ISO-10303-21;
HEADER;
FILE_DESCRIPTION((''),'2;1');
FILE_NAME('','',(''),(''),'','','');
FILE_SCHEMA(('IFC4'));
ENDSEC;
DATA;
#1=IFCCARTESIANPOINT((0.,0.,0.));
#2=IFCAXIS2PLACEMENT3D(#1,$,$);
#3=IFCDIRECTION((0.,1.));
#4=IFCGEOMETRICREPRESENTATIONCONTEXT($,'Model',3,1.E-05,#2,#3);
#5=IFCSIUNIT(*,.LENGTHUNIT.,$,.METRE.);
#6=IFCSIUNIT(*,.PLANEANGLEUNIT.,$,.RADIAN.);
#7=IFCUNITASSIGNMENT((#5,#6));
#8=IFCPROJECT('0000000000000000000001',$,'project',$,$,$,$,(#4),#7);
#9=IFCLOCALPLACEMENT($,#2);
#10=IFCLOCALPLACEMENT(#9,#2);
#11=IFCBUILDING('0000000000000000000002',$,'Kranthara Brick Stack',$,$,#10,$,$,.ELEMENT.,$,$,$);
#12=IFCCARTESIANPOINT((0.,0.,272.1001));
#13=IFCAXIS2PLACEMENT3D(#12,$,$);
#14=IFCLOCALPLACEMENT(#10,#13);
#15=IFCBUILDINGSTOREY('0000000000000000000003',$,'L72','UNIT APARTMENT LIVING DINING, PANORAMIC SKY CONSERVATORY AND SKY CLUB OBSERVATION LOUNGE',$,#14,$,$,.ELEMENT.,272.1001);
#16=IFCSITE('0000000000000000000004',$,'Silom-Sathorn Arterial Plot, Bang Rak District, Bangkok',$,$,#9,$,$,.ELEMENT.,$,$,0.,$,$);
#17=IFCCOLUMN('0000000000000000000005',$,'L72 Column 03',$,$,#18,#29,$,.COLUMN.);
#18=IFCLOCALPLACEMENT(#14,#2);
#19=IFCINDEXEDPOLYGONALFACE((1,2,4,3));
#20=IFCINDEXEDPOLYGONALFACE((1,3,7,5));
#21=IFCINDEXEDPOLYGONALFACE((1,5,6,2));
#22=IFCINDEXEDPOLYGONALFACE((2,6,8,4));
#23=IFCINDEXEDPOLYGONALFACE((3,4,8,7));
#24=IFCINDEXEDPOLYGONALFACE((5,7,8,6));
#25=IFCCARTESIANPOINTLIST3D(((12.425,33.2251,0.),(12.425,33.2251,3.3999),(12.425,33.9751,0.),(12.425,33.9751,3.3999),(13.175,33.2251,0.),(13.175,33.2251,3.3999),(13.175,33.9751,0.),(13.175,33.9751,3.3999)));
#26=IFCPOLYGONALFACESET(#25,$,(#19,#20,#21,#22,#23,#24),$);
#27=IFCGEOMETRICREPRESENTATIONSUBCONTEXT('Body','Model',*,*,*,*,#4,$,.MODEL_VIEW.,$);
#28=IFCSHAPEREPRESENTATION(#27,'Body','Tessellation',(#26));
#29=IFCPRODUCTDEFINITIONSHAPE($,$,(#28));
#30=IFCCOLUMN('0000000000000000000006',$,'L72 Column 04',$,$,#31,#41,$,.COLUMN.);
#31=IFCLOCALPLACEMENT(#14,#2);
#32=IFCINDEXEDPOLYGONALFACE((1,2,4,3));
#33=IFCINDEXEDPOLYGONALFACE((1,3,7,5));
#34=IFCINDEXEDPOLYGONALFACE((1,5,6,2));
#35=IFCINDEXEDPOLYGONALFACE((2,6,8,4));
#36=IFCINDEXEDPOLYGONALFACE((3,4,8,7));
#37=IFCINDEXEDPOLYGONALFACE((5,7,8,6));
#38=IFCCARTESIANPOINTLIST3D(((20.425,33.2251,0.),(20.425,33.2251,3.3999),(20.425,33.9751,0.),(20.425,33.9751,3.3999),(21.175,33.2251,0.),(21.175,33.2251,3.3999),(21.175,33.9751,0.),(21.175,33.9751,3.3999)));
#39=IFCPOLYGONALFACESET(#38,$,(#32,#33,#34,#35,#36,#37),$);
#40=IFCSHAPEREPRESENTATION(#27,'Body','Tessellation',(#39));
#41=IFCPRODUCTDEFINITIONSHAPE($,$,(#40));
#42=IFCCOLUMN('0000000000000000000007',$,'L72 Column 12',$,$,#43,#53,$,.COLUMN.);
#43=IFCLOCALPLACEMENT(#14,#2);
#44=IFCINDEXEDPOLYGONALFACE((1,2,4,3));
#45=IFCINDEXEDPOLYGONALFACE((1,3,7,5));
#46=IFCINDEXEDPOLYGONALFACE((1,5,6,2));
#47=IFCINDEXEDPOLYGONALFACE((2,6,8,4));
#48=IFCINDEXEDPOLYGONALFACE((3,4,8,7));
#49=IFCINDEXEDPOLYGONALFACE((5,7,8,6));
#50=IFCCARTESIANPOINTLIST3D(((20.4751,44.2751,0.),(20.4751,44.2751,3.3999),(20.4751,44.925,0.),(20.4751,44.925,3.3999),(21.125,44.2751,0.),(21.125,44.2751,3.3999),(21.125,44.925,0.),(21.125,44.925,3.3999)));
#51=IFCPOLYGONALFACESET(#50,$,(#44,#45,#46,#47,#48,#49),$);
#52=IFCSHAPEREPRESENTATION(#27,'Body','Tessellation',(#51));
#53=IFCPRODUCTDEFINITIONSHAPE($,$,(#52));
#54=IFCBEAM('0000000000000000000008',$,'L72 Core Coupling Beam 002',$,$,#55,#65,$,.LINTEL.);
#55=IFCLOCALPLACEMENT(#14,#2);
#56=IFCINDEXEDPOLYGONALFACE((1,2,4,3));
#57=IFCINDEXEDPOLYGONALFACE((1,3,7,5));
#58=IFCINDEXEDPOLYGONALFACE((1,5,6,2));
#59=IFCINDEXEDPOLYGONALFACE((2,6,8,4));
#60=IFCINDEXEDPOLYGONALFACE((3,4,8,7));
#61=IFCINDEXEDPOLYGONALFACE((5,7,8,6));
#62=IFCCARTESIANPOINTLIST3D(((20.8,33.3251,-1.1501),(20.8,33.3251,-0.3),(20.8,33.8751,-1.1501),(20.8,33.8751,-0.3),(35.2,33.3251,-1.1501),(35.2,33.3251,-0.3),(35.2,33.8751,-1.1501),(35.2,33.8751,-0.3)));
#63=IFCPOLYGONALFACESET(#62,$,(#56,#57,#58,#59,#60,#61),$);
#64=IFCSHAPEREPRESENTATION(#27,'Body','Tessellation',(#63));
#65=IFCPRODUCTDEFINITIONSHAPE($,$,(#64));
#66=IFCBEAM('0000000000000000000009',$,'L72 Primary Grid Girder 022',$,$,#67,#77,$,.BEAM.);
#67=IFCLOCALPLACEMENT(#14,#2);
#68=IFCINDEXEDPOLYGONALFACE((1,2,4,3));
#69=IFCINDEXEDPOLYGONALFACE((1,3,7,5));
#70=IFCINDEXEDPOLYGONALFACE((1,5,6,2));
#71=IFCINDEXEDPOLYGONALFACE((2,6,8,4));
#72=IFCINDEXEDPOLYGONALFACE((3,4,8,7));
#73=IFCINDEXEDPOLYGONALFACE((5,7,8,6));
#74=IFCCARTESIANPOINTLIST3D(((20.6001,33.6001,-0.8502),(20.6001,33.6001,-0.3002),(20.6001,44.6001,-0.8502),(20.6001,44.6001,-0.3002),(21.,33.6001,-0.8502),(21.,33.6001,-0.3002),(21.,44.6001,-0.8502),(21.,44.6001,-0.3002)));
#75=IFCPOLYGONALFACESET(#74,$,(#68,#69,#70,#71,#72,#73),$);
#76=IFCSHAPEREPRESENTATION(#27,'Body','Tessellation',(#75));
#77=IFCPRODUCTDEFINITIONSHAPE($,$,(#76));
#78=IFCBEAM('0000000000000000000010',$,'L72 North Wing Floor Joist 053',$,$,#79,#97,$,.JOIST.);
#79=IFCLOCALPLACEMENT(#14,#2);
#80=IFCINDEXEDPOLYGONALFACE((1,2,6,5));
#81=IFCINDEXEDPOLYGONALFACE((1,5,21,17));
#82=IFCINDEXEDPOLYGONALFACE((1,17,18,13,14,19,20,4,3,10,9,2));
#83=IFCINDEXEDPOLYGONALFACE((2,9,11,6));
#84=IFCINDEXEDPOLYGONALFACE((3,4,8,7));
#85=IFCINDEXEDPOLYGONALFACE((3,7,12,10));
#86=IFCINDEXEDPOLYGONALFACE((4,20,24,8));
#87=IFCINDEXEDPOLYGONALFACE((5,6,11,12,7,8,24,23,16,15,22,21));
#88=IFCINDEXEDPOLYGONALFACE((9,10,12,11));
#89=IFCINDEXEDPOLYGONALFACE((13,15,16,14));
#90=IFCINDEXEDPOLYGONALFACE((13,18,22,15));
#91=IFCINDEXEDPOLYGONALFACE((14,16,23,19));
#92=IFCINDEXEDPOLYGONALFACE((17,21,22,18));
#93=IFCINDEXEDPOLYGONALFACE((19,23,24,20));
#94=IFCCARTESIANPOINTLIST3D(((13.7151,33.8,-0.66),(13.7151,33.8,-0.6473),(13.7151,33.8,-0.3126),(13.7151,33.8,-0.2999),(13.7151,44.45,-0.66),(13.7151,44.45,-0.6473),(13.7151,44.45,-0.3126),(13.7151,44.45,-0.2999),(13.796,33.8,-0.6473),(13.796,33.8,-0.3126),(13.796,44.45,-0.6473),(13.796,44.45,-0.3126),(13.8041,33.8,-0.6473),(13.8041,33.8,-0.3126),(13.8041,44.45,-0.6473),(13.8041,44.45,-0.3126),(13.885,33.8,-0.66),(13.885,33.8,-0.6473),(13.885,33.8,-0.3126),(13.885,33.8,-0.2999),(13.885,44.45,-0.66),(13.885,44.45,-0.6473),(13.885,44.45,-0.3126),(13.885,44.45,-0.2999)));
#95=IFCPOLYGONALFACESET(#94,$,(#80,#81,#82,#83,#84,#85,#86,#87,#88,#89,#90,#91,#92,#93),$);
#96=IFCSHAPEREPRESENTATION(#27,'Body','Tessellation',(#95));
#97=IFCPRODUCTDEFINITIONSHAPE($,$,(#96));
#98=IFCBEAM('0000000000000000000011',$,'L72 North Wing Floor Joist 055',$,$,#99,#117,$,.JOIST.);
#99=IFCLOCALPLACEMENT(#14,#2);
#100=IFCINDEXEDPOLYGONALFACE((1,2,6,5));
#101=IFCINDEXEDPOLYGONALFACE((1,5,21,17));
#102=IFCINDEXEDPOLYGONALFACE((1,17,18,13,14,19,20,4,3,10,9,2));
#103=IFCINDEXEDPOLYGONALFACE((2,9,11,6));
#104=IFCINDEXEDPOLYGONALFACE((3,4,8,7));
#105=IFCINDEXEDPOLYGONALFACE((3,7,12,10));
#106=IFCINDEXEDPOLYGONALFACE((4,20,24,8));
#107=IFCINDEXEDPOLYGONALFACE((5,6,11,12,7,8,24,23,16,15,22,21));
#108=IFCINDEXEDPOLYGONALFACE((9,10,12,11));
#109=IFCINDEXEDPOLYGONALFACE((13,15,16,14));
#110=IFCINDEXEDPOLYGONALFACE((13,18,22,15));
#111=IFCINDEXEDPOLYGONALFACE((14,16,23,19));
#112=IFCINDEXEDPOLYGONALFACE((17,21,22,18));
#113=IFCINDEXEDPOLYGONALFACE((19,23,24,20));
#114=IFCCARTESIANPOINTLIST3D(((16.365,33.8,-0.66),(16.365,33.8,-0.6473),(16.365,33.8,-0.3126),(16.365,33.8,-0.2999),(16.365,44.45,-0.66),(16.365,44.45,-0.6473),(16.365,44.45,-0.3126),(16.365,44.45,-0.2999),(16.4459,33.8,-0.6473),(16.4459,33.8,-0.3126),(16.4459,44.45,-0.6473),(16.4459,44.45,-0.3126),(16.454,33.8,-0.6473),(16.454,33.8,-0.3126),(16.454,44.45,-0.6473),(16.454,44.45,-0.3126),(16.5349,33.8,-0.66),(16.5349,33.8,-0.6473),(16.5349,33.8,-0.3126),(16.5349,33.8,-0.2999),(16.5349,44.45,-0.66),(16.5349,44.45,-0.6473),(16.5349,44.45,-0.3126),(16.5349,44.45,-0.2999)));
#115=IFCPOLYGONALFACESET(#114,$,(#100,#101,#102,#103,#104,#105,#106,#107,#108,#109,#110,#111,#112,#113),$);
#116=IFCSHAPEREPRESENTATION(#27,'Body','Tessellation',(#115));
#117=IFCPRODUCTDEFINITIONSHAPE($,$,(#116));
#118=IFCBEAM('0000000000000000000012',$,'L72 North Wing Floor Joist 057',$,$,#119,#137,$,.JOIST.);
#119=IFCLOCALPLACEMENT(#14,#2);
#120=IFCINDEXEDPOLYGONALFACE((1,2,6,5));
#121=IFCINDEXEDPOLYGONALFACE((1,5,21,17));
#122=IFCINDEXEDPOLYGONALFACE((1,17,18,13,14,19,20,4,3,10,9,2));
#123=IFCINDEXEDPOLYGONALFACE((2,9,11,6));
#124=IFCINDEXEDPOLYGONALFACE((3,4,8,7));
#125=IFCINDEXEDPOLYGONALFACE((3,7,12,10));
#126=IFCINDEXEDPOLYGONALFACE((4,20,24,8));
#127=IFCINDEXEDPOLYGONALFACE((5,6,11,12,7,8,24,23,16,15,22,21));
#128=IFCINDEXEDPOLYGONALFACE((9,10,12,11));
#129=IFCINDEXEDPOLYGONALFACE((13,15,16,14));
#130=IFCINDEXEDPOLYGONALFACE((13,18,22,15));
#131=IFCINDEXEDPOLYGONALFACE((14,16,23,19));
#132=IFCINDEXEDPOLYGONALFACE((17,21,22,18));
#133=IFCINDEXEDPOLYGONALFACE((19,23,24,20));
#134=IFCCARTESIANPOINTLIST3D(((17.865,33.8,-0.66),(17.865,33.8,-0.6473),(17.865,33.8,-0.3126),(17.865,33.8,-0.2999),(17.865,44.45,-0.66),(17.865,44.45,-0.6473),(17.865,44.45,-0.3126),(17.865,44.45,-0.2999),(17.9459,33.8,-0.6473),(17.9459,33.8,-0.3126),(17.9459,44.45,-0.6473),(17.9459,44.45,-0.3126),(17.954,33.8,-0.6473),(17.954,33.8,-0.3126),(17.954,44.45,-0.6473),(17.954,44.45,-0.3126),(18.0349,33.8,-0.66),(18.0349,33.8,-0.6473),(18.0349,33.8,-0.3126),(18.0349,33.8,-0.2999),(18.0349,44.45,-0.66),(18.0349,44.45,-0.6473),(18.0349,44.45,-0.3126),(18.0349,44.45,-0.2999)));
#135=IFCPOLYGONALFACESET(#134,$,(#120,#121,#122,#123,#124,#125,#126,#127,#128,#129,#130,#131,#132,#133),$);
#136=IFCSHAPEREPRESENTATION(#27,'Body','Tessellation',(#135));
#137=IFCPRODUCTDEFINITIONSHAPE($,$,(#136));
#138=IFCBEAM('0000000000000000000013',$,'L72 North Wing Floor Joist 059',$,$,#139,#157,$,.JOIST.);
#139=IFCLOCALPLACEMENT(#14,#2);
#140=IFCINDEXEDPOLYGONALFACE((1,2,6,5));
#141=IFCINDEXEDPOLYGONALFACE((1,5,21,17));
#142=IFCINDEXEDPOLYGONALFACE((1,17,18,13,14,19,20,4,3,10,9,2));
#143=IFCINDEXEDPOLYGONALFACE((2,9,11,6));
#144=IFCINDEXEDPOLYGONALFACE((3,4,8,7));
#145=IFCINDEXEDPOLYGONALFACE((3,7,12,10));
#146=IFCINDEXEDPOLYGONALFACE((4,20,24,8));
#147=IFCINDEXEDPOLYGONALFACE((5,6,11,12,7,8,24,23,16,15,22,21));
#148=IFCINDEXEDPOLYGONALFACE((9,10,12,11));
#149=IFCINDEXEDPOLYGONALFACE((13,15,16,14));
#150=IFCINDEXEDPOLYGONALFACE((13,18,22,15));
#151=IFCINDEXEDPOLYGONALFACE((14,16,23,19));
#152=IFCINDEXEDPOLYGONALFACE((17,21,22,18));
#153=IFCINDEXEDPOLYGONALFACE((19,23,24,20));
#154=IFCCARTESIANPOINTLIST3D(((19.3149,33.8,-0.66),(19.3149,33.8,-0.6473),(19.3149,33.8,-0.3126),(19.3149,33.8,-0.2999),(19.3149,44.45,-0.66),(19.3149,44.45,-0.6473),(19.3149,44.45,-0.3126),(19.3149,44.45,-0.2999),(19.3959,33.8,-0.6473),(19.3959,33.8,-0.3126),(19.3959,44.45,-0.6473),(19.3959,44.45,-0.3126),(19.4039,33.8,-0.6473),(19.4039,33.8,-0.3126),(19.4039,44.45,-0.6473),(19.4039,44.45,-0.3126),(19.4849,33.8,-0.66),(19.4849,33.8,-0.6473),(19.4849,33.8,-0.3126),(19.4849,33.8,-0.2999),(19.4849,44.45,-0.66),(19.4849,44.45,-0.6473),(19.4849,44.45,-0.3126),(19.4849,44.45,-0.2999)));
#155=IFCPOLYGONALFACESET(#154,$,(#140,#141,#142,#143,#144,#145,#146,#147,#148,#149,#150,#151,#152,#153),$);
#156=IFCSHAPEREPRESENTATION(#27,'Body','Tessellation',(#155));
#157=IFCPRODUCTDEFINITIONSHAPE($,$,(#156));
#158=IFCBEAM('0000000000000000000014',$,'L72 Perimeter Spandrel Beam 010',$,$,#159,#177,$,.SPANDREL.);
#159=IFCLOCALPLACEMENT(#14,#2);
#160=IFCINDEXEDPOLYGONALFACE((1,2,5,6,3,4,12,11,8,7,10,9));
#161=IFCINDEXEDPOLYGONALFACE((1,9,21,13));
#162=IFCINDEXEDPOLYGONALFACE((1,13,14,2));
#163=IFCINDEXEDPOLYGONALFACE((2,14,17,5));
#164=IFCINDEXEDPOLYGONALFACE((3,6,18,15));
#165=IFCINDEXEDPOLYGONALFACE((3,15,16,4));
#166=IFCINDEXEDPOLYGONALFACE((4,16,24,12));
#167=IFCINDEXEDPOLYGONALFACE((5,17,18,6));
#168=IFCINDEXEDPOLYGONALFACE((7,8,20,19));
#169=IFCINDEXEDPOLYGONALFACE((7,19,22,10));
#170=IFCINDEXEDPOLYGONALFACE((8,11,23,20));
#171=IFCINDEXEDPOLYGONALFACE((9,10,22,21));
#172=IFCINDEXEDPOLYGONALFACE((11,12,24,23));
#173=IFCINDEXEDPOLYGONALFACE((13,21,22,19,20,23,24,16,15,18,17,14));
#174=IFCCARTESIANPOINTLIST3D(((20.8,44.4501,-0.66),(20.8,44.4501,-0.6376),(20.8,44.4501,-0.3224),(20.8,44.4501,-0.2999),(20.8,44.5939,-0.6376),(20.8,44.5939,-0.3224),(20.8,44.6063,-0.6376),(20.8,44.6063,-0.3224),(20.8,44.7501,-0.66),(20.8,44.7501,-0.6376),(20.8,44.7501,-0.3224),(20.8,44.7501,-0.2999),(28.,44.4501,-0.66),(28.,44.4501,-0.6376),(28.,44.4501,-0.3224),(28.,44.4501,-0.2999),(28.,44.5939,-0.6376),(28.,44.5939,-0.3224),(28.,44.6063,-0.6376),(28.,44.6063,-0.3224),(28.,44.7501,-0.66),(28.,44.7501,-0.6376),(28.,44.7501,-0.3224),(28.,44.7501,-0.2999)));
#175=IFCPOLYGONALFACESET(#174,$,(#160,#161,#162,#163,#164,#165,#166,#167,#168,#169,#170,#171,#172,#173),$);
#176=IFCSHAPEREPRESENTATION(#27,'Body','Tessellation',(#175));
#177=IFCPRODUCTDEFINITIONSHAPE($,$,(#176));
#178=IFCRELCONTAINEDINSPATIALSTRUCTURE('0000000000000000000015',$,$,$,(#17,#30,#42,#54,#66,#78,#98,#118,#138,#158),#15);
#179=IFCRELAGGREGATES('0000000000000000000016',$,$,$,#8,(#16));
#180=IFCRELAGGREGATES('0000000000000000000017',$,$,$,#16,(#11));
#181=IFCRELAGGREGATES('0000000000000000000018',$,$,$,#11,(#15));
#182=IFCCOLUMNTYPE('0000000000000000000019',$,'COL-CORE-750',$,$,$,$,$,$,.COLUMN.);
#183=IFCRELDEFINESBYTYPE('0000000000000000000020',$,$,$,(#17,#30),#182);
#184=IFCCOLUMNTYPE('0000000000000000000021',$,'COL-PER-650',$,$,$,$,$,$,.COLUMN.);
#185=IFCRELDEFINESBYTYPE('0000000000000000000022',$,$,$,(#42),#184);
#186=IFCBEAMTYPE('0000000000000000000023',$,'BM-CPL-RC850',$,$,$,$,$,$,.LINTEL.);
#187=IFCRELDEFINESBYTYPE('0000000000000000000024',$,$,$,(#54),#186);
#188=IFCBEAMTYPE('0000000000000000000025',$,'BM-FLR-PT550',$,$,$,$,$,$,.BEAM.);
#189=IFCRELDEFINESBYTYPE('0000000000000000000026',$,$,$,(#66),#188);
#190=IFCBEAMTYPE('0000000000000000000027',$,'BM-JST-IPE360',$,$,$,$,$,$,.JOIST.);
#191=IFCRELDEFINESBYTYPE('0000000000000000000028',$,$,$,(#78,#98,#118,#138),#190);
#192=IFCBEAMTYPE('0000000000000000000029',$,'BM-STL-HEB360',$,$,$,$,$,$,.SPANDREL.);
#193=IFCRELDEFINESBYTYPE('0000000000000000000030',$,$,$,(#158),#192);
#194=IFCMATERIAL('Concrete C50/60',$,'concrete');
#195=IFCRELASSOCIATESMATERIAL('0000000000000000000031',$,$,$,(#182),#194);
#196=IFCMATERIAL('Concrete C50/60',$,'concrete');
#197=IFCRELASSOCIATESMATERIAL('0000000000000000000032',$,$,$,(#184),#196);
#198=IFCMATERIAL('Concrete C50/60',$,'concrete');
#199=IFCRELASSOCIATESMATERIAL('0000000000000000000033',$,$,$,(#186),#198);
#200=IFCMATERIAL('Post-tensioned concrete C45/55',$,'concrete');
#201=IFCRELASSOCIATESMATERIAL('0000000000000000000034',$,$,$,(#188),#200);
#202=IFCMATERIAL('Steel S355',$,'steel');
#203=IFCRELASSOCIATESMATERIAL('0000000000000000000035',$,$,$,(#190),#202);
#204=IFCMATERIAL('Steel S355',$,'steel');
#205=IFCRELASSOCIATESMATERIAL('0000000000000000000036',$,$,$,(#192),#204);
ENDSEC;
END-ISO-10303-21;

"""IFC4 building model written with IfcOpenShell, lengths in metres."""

from ifc_helpers import new_model, si_unit, direction, frame, origin, origin_2d, place, context, subcontext, project, spatial, rectangle, i_section, extrude, material, material_profile, profile_set, type_object, element, save


model = new_model("IFC4")

# Units and contexts
model_context = context("Model", 3, precision=1e-05, world=origin(), true_north=direction((0.0, 1.0)))
body_context = subcontext(model_context, "Body", "Model", "MODEL_VIEW")
ifc_project = project(units=[si_unit("LENGTHUNIT", "METRE"), si_unit("PLANEANGLEUNIT", "RADIAN")], contexts=[model_context])

# Site, building, storey
site_placement = place(None, origin())
site = spatial("IfcSite", under=ifc_project, at=site_placement, Name="Silom-Sathorn Arterial Plot, Bang Rak District, Bangkok", CompositionType="ELEMENT", RefElevation=0.0)
building_placement = place(site_placement, origin())
building = spatial("IfcBuilding", under=site, at=building_placement, Name="Kranthara Brick Stack", CompositionType="ELEMENT")
storey_placement = place(building_placement, frame((0.0, 0.0, 272.1001)))
storey = spatial("IfcBuildingStorey", under=building, at=storey_placement, Name="L72", Description="UNIT APARTMENT LIVING DINING, PANORAMIC SKY CONSERVATORY AND SKY CLUB OBSERVATION LOUNGE", CompositionType="ELEMENT", Elevation=272.1001)

# Columns
ifc_material_1 = material(Name="Concrete C50/60", Category="concrete")
ifc_material_profile_1 = material_profile(ifc_material_1, rectangle(XDim=0.75, YDim=0.75, at=origin_2d()), Name="RC 750x750")
ifc_profile_set_1 = profile_set([ifc_material_profile_1], Name="Concrete C50/60")
column_type_1 = type_object("IfcColumnType", Name="COL-CORE-750", PredefinedType="COLUMN", material=ifc_profile_set_1)
for number, where, z_axis, x_axis, name in (
    (1, (12.8, 33.6001, 0.0), (0.0, 0.0, 1.0), (1.0, 0.0, 0.0), "L72 Column 03"),
    (2, (20.8, 33.6001, 0.0), (0.0, 0.0, 1.0), (1.0, 0.0, 0.0), "L72 Column 04"),
):
    element("IfcColumn", number, at=place(storey_placement, frame(where, z_axis=z_axis, x_axis=x_axis)), inside=storey, type_object=column_type_1, Name=name, PredefinedType="COLUMN", context=body_context, shape_type="SweptSolid", body=[
        extrude(rectangle(XDim=0.75, YDim=0.75, at=origin_2d()), origin(), (0.0, 0.0, 1.0), 3.3999),
    ])
ifc_material_2 = material(Name="Concrete C50/60", Category="concrete")
ifc_material_profile_2 = material_profile(ifc_material_2, rectangle(XDim=0.6499, YDim=0.6499, at=origin_2d()), Name="RC 650x650")
ifc_profile_set_2 = profile_set([ifc_material_profile_2], Name="Concrete C50/60")
column_type_2 = type_object("IfcColumnType", Name="COL-PER-650", PredefinedType="COLUMN", material=ifc_profile_set_2)
column_placement = place(storey_placement, frame((20.8, 44.6001, 0.0), z_axis=(0.0, 0.0, 1.0), x_axis=(1.0, 0.0, 0.0)))
element("IfcColumn", 3, at=column_placement, inside=storey, type_object=column_type_2, Name="L72 Column 12", PredefinedType="COLUMN", context=body_context, shape_type="SweptSolid", body=[
    extrude(rectangle(XDim=0.6499, YDim=0.6499, at=origin_2d()), origin(), (0.0, 0.0, 1.0), 3.3999),
])

# Beams
ifc_material_3 = material(Name="Concrete C50/60", Category="concrete")
ifc_material_profile_3 = material_profile(ifc_material_3, rectangle(XDim=0.55, YDim=0.8501, at=origin_2d()), Name="RC 550x850")
ifc_profile_set_3 = profile_set([ifc_material_profile_3], Name="Concrete C50/60")
beam_type_1 = type_object("IfcBeamType", Name="BM-CPL-RC850", PredefinedType="LINTEL", material=ifc_profile_set_3)
beam_1_placement = place(storey_placement, frame((20.8, 33.6001, -0.7251), z_axis=(1.0, 0.0, 0.0), x_axis=(0.0, 1.0, 0.0)))
element("IfcBeam", 4, at=beam_1_placement, inside=storey, type_object=beam_type_1, Name="L72 Core Coupling Beam 002", PredefinedType="LINTEL", context=body_context, shape_type="SweptSolid", body=[
    extrude(rectangle(XDim=0.55, YDim=0.8501, at=origin_2d()), origin(), (0.0, 0.0, 1.0), 14.3999),
])
ifc_material_4 = material(Name="Post-tensioned concrete C45/55", Category="concrete")
ifc_material_profile_4 = material_profile(ifc_material_4, rectangle(XDim=0.3999, YDim=0.55, at=origin_2d()), Name="PT 400x550")
ifc_profile_set_4 = profile_set([ifc_material_profile_4], Name="Post-tensioned concrete C45/55")
beam_type_2 = type_object("IfcBeamType", Name="BM-FLR-PT550", PredefinedType="BEAM", material=ifc_profile_set_4)
beam_2_placement = place(storey_placement, frame((20.8, 33.6001, -0.5752), z_axis=(0.0, 1.0, 0.0), x_axis=(-1.0, 0.0, 0.0)))
element("IfcBeam", 5, at=beam_2_placement, inside=storey, type_object=beam_type_2, Name="L72 Primary Grid Girder 022", PredefinedType="BEAM", context=body_context, shape_type="SweptSolid", body=[
    extrude(rectangle(XDim=0.3999, YDim=0.55, at=origin_2d()), origin(), (0.0, 0.0, 1.0), 11.0),
])
ifc_material_5 = material(Name="Steel S355", Category="steel")
ifc_material_profile_5 = material_profile(ifc_material_5, i_section(OverallWidth=0.1699, OverallDepth=0.3601, WebThickness=0.0081, FlangeThickness=0.0127, at=origin_2d()), Name="IPE 360")
ifc_profile_set_5 = profile_set([ifc_material_profile_5], Name="Steel S355")
beam_type_3 = type_object("IfcBeamType", Name="BM-JST-IPE360", PredefinedType="JOIST", material=ifc_profile_set_5)
for number, where, z_axis, x_axis, name in (
    (6, (13.8, 33.8, -0.48), (0.0, 1.0, 0.0), (-1.0, 0.0, 0.0), "L72 North Wing Floor Joist 053"),
    (7, (16.45, 33.8, -0.48), (0.0, 1.0, 0.0), (-1.0, 0.0, 0.0), "L72 North Wing Floor Joist 055"),
    (8, (17.95, 33.8, -0.48), (0.0, 1.0, 0.0), (-1.0, 0.0, 0.0), "L72 North Wing Floor Joist 057"),
    (9, (19.3999, 33.8, -0.48), (0.0, 1.0, 0.0), (-1.0, 0.0, 0.0), "L72 North Wing Floor Joist 059"),
):
    element("IfcBeam", number, at=place(storey_placement, frame(where, z_axis=z_axis, x_axis=x_axis)), inside=storey, type_object=beam_type_3, Name=name, PredefinedType="JOIST", context=body_context, shape_type="SweptSolid", body=[
        extrude(i_section(OverallWidth=0.1699, OverallDepth=0.3601, WebThickness=0.0081, FlangeThickness=0.0127, at=origin_2d()), origin(), (0.0, 0.0, 1.0), 10.6499),
    ])
ifc_material_6 = material(Name="Steel S355", Category="steel")
ifc_material_profile_6 = material_profile(ifc_material_6, i_section(OverallWidth=0.3, OverallDepth=0.3601, WebThickness=0.0125, FlangeThickness=0.0225, at=origin_2d()), Name="HEB 360")
ifc_profile_set_6 = profile_set([ifc_material_profile_6], Name="Steel S355")
beam_type_4 = type_object("IfcBeamType", Name="BM-STL-HEB360", PredefinedType="SPANDREL", material=ifc_profile_set_6)
beam_3_placement = place(storey_placement, frame((20.8, 44.6001, -0.48), z_axis=(1.0, 0.0, 0.0), x_axis=(0.0, 1.0, 0.0)))
element("IfcBeam", 10, at=beam_3_placement, inside=storey, type_object=beam_type_4, Name="L72 Perimeter Spandrel Beam 010", PredefinedType="SPANDREL", context=body_context, shape_type="SweptSolid", body=[
    extrude(i_section(OverallWidth=0.3, OverallDepth=0.3601, WebThickness=0.0125, FlangeThickness=0.0225, at=origin_2d()), origin(), (0.0, 0.0, 1.0), 7.2),
])

save(model, "model.ifc")
